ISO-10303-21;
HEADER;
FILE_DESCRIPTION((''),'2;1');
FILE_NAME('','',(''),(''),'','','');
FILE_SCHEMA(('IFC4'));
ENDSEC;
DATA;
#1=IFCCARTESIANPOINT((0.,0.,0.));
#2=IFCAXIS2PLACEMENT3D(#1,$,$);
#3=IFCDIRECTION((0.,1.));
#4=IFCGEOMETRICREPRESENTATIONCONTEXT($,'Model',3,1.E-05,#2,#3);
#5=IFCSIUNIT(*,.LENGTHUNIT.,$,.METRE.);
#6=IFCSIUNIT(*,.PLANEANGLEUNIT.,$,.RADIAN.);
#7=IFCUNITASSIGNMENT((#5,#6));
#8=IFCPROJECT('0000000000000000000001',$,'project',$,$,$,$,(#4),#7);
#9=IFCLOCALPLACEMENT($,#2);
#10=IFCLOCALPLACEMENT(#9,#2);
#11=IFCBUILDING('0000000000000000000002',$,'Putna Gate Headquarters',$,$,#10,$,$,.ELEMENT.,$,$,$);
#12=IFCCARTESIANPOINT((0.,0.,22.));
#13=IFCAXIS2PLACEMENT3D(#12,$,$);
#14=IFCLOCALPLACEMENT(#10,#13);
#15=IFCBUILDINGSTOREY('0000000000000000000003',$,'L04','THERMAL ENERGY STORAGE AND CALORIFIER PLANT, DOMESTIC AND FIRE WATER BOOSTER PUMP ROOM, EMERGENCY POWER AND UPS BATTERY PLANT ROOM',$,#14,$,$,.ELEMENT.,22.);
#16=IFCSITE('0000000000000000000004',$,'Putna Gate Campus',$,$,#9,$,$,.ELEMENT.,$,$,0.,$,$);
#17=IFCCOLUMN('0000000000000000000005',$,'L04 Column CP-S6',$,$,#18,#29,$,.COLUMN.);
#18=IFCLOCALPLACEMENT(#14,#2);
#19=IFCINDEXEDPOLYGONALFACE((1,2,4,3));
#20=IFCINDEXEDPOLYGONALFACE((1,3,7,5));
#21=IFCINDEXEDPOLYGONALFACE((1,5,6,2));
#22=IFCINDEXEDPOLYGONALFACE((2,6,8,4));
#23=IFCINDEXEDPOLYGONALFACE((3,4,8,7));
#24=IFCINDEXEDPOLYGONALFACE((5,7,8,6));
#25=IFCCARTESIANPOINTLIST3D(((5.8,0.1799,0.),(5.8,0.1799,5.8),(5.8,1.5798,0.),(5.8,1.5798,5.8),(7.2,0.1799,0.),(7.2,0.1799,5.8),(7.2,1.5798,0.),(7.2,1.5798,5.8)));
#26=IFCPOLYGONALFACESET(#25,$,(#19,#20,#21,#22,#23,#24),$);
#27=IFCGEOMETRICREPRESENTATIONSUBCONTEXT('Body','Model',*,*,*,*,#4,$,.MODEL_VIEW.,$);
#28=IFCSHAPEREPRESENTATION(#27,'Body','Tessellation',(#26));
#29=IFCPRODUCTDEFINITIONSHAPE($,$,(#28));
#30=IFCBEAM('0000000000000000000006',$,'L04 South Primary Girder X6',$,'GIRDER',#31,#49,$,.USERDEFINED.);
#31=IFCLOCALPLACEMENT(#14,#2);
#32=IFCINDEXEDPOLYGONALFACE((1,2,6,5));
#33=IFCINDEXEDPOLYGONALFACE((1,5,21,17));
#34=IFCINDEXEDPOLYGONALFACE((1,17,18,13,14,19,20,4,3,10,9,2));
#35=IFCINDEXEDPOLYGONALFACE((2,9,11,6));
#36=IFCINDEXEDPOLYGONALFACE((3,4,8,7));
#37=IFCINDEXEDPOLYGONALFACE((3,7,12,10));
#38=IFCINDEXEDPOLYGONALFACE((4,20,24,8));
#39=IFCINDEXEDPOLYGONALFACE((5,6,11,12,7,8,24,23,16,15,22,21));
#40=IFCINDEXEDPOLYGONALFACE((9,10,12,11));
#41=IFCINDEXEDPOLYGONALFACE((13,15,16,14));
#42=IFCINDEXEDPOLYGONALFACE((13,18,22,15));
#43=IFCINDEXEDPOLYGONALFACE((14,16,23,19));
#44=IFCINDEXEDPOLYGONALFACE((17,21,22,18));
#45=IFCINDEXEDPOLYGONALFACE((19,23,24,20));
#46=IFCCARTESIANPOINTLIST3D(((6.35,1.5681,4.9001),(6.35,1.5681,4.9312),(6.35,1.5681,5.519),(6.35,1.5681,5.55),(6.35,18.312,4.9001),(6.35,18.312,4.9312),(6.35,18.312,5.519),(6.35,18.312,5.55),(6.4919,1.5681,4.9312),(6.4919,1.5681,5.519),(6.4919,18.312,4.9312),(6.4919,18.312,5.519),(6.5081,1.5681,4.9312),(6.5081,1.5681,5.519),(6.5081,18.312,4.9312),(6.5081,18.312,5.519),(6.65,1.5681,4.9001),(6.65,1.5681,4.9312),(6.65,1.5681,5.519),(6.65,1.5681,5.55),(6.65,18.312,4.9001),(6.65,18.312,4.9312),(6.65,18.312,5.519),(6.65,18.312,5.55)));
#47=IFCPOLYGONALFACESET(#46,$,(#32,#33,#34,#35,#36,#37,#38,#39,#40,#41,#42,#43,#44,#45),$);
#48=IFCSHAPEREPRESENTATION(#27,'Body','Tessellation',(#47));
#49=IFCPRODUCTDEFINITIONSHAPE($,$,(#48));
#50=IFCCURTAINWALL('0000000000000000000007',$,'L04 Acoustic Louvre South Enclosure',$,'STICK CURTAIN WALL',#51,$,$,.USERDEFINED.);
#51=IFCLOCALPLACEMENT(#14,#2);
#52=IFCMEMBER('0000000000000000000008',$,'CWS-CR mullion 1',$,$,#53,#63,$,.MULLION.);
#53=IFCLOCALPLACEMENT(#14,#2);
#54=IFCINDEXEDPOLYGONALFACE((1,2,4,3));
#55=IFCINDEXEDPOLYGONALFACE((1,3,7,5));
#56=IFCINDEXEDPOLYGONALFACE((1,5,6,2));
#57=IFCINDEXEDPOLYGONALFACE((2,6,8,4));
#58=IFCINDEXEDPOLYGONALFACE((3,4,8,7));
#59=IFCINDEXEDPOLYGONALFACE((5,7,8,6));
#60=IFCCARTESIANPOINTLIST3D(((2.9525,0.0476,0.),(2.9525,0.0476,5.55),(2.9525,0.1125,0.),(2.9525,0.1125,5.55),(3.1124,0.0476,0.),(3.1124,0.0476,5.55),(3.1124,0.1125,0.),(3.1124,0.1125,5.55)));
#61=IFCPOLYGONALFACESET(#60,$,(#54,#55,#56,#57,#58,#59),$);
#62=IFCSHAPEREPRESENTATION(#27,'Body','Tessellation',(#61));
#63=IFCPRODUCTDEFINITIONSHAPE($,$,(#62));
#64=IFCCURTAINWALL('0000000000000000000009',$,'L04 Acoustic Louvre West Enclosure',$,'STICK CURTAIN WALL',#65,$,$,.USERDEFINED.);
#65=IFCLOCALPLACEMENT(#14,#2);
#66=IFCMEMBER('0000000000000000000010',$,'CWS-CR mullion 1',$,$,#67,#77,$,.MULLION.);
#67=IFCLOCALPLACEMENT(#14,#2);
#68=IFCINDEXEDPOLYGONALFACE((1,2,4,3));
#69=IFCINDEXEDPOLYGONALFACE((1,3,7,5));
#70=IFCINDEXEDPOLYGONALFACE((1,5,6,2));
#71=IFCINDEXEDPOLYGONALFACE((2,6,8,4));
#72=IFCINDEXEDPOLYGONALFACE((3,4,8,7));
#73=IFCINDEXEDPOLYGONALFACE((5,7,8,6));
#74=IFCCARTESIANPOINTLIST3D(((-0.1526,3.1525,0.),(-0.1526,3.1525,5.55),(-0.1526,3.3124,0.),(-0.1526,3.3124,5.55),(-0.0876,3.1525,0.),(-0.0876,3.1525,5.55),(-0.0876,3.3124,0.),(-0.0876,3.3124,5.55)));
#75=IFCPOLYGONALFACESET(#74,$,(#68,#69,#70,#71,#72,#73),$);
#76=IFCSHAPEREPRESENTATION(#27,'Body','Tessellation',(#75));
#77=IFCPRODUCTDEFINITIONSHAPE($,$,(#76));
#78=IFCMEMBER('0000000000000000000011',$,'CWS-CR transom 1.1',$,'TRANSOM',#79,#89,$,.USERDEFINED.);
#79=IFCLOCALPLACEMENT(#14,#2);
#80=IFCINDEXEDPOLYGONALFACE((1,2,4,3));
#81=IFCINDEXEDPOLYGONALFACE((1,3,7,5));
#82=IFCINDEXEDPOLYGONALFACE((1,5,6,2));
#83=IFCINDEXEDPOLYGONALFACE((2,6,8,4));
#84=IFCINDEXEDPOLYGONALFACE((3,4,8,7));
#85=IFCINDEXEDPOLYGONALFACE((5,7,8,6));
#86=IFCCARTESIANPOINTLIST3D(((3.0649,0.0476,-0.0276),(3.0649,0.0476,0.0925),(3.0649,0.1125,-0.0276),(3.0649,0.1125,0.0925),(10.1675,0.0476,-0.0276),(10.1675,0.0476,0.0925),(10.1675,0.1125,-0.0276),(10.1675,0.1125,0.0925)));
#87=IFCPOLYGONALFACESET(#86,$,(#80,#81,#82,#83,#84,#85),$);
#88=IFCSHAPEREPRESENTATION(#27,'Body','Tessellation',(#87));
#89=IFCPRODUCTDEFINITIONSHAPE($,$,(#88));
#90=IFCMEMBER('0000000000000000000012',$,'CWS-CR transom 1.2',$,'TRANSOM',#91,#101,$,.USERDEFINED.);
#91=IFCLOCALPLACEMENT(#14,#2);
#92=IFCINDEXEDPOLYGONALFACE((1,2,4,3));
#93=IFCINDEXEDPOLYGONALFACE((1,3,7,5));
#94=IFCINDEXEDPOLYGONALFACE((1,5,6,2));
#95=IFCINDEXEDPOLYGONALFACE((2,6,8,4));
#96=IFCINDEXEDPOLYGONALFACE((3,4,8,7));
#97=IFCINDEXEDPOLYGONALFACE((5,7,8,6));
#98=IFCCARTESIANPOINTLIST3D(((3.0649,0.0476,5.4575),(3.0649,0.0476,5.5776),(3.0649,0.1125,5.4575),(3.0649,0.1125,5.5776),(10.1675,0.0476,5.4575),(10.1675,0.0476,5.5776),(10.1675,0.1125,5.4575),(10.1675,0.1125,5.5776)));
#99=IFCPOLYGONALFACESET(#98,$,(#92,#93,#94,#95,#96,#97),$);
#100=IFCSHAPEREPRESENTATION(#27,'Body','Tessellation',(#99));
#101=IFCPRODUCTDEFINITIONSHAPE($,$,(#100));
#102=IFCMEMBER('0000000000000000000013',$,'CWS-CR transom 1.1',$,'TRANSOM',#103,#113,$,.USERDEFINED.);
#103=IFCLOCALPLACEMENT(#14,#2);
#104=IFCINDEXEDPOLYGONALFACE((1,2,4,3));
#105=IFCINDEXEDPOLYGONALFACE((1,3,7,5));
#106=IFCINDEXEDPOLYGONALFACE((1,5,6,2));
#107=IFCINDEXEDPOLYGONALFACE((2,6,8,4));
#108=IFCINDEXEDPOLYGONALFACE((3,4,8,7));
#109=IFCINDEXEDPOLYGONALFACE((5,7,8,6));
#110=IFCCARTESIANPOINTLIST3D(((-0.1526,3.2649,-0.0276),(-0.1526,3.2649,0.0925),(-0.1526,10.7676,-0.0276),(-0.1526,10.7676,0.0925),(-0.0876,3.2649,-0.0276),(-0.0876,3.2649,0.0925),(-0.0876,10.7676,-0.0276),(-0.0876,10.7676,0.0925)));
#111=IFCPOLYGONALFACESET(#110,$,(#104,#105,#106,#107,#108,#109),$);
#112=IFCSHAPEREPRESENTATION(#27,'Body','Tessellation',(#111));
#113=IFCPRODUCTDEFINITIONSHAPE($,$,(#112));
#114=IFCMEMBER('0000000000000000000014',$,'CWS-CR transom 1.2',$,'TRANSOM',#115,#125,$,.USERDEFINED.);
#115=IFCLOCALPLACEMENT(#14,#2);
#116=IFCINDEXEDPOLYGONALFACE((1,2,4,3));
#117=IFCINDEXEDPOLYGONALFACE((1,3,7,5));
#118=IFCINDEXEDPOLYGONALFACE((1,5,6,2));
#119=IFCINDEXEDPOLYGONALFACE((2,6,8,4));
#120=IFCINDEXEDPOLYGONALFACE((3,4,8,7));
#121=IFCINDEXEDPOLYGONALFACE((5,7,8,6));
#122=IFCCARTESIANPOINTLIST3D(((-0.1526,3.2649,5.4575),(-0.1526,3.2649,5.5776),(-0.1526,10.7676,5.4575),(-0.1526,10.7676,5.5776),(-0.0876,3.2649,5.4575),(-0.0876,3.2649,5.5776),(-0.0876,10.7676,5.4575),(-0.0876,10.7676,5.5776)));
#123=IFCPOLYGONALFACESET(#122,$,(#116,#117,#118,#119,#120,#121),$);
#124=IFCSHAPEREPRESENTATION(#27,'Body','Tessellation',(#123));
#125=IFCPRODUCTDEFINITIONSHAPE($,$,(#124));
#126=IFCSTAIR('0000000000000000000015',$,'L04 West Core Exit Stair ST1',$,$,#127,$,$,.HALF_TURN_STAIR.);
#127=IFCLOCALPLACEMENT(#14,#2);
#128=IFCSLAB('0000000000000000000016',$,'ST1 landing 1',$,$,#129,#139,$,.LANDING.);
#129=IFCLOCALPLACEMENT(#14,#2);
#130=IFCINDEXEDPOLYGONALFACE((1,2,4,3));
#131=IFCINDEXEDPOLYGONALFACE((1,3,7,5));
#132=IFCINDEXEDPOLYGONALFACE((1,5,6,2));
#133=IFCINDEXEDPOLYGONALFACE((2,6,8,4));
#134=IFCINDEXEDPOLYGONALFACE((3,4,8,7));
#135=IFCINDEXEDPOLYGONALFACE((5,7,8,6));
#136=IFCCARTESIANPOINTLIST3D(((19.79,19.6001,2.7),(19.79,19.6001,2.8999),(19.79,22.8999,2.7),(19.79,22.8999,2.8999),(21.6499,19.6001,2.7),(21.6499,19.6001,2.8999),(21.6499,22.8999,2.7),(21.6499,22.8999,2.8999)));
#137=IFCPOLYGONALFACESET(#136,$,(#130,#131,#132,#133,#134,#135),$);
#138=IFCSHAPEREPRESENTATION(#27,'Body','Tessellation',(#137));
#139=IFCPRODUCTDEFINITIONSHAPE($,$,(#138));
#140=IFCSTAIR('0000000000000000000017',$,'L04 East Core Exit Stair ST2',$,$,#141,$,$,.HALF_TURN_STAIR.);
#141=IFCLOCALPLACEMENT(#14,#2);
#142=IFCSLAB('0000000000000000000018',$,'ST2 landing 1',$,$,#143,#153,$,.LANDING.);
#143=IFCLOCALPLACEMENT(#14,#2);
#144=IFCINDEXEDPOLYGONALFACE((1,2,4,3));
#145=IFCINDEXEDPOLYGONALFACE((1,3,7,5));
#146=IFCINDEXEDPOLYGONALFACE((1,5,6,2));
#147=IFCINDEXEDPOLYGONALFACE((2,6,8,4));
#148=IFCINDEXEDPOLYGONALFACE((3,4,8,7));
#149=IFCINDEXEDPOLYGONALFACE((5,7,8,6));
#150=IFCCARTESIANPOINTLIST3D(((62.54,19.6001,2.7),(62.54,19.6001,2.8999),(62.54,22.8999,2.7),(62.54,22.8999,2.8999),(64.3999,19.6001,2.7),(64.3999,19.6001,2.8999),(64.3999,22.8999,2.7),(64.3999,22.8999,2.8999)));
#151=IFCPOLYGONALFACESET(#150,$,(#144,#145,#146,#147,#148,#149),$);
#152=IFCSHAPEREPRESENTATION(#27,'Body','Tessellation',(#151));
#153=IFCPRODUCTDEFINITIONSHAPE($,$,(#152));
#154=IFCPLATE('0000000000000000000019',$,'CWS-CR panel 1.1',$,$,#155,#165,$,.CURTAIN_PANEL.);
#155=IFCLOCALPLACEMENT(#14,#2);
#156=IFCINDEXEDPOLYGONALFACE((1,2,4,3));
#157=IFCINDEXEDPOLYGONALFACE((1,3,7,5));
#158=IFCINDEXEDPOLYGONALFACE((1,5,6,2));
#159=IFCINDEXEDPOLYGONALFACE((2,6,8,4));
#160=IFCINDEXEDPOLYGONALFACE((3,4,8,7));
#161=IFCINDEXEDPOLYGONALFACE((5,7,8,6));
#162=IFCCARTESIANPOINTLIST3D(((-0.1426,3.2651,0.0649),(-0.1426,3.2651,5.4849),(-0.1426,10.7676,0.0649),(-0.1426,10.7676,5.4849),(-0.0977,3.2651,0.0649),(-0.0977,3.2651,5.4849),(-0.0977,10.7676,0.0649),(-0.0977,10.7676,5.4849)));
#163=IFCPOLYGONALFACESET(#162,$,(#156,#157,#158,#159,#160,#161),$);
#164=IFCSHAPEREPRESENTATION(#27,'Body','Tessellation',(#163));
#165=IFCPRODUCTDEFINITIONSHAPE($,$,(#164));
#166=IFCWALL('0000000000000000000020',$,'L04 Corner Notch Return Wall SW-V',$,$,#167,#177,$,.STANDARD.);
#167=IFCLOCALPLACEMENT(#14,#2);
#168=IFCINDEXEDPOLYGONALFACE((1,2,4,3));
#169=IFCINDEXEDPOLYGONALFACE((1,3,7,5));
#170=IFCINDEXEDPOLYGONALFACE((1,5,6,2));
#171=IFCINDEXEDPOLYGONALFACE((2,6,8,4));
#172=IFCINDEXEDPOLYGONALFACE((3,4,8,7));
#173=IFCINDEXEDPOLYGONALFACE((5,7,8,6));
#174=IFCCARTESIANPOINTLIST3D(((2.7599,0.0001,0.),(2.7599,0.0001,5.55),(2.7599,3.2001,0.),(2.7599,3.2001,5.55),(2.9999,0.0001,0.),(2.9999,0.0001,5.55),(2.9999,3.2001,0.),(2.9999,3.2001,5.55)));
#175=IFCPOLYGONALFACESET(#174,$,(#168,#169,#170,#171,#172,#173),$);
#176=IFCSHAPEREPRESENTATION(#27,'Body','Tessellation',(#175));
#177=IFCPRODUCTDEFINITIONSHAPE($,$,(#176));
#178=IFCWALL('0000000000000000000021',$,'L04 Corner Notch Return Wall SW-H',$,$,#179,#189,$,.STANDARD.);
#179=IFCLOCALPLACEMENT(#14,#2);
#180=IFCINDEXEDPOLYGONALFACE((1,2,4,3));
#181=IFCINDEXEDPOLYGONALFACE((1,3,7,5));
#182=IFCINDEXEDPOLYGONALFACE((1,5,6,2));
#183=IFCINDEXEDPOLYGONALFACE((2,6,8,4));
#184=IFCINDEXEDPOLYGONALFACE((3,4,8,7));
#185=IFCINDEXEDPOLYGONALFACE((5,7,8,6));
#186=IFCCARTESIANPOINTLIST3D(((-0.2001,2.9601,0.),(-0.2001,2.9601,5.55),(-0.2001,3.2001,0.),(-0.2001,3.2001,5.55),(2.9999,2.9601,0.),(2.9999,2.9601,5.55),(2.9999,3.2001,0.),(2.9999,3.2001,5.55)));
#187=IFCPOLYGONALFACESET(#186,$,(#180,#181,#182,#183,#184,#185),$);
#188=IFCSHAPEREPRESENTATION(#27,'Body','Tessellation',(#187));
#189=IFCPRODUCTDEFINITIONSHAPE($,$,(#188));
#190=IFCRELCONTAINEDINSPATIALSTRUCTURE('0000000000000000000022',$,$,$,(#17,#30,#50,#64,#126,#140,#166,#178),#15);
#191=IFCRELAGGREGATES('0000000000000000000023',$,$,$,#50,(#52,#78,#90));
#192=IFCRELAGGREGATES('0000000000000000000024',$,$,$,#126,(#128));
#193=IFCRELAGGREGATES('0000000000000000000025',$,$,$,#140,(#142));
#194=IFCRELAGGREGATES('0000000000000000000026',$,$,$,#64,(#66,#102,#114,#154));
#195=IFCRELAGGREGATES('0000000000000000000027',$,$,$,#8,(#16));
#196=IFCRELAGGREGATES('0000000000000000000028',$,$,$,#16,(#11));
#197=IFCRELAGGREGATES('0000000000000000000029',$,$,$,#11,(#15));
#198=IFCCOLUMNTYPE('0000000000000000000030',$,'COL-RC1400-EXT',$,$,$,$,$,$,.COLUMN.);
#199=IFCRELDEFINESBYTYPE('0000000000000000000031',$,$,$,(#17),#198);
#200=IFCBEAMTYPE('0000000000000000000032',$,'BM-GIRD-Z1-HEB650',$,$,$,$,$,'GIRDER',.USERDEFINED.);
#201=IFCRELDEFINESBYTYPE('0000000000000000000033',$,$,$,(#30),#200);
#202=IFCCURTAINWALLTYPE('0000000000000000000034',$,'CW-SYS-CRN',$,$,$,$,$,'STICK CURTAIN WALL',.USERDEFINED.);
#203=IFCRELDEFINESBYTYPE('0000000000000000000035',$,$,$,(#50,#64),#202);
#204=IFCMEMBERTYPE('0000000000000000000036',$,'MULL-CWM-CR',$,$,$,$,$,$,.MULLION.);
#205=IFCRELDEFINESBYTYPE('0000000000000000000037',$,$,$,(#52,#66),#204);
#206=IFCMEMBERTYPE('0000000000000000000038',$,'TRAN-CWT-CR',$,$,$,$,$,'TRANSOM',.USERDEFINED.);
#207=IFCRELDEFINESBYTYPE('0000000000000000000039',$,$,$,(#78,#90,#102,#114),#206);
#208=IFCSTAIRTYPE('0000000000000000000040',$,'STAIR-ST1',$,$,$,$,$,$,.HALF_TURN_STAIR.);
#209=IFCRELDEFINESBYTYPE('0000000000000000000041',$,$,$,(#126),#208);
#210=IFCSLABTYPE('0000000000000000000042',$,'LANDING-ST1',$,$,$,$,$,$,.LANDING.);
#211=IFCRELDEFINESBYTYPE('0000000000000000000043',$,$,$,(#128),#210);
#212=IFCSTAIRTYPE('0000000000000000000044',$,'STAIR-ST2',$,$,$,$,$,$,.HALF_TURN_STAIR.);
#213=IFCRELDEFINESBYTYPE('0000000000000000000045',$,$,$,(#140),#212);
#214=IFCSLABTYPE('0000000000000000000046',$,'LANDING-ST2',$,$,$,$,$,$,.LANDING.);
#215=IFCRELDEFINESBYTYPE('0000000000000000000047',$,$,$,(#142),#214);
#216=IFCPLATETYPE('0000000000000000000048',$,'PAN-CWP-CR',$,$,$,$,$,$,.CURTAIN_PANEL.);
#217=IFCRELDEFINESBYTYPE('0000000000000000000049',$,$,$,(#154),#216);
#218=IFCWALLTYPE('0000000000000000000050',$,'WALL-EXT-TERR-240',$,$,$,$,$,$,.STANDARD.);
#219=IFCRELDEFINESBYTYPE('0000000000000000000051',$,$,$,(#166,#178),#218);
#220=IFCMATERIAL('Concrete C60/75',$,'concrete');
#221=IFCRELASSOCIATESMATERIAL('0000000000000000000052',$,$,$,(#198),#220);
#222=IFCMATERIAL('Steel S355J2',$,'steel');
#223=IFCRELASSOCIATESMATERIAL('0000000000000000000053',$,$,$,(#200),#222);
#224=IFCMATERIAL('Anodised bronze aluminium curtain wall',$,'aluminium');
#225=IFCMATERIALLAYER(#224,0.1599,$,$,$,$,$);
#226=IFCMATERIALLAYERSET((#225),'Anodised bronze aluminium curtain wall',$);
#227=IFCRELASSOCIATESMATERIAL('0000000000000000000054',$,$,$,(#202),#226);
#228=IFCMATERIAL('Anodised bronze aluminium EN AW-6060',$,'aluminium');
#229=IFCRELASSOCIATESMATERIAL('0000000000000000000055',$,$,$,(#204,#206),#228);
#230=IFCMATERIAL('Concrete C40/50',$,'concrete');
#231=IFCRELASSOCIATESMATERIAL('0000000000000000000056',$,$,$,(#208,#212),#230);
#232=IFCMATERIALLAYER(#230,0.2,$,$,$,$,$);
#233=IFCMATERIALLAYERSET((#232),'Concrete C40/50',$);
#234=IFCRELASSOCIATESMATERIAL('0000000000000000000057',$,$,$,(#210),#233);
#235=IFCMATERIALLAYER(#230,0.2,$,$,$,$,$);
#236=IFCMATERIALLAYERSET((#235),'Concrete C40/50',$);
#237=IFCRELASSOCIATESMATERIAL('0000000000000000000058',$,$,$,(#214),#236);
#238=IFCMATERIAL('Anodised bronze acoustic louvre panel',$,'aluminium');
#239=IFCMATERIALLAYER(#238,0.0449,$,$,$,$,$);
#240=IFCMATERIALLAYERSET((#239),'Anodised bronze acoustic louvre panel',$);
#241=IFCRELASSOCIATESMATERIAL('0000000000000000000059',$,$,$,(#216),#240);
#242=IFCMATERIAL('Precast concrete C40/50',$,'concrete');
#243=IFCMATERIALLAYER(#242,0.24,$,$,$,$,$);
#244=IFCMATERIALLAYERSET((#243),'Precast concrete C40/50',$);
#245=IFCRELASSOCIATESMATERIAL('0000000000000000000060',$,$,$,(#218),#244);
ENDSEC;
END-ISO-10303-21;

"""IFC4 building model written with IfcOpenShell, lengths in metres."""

from ifc_helpers import new_model, si_unit, direction, frame, frame_2d, origin, origin_2d, place, context, subcontext, project, spatial, polyline, rectangle, i_section, outline, extrude, material, layer, layer_set, material_profile, profile_set, type_object, element, aggregate, save


model = new_model("IFC4")

# Units and contexts
model_context = context("Model", 3, precision=1e-05, world=origin(), true_north=direction((0.0, 1.0)))
body_context = subcontext(model_context, "Body", "Model", "MODEL_VIEW")
ifc_project = project(units=[si_unit("LENGTHUNIT", "METRE"), si_unit("PLANEANGLEUNIT", "RADIAN")], contexts=[model_context])

# Site, building, storey
site_placement = place(None, origin())
site = spatial("IfcSite", under=ifc_project, at=site_placement, Name="Putna Gate Campus", CompositionType="ELEMENT", RefElevation=0.0)
building_placement = place(site_placement, origin())
building = spatial("IfcBuilding", under=site, at=building_placement, Name="Putna Gate Headquarters", CompositionType="ELEMENT")
storey_placement = place(building_placement, frame((0.0, 0.0, 22.0)))
storey = spatial("IfcBuildingStorey", under=building, at=storey_placement, Name="L04", Description="THERMAL ENERGY STORAGE AND CALORIFIER PLANT, DOMESTIC AND FIRE WATER BOOSTER PUMP ROOM, EMERGENCY POWER AND UPS BATTERY PLANT ROOM", CompositionType="ELEMENT", Elevation=22.0)

# Column
ifc_material_1 = material(Name="Concrete C60/75", Category="concrete")
ifc_material_profile_1 = material_profile(ifc_material_1, rectangle(XDim=1.3999, YDim=1.3999, at=origin_2d()), Name="Concrete C60/75")
ifc_profile_set_1 = profile_set([ifc_material_profile_1], Name="Concrete C60/75")
column_type = type_object("IfcColumnType", Name="COL-RC1400-EXT", PredefinedType="COLUMN", material=ifc_profile_set_1)
column_placement = place(storey_placement, frame((6.5, 0.8799, 0.0), z_axis=(0.0, 0.0, 1.0), x_axis=(1.0, 0.0, 0.0)))
element("IfcColumn", 1, at=column_placement, inside=storey, type_object=column_type, Name="L04 Column CP-S6", PredefinedType="COLUMN", context=body_context, shape_type="SweptSolid", body=[
    extrude(rectangle(XDim=1.3999, YDim=1.3999, at=origin_2d()), origin(), (0.0, 0.0, 1.0), 5.8),
])

# Beam
ifc_material_2 = material(Name="Steel S355J2", Category="steel")
ifc_material_profile_2 = material_profile(ifc_material_2, i_section(OverallWidth=0.3, OverallDepth=0.6499, WebThickness=0.0161, FlangeThickness=0.031, at=origin_2d()), Name="Steel S355J2")
ifc_profile_set_2 = profile_set([ifc_material_profile_2], Name="Steel S355J2")
beam_type = type_object("IfcBeamType", Name="BM-GIRD-Z1-HEB650", ElementType="GIRDER", PredefinedType="USERDEFINED", material=ifc_profile_set_2)
beam_placement = place(storey_placement, frame((6.5, 1.5681, 5.2251), z_axis=(0.0, 1.0, 0.0), x_axis=(-1.0, 0.0, 0.0)))
element("IfcBeam", 2, at=beam_placement, inside=storey, type_object=beam_type, Name="L04 South Primary Girder X6", ObjectType="GIRDER", PredefinedType="USERDEFINED", context=body_context, shape_type="SweptSolid", body=[
    extrude(i_section(OverallWidth=0.3, OverallDepth=0.6499, WebThickness=0.0161, FlangeThickness=0.031, at=origin_2d()), origin(), (0.0, 0.0, 1.0), 16.7439),
])

# Curtain walls, members
ifc_material_3 = material(Name="Anodised bronze aluminium curtain wall", Category="aluminium")
ifc_layer_1 = layer(ifc_material_3, 0.1599)
ifc_layer_set_1 = layer_set([ifc_layer_1], Name="Anodised bronze aluminium curtain wall")
curtain_wall_type = type_object("IfcCurtainWallType", Name="CW-SYS-CRN", ElementType="STICK CURTAIN WALL", PredefinedType="USERDEFINED", material=ifc_layer_set_1)
curtain_wall_1_placement = place(storey_placement, origin())
curtain_wall_1 = element("IfcCurtainWall", 3, at=curtain_wall_1_placement, inside=storey, type_object=curtain_wall_type, Name="L04 Acoustic Louvre South Enclosure", ObjectType="STICK CURTAIN WALL", PredefinedType="USERDEFINED")
ifc_material_4 = material(Name="Anodised bronze aluminium EN AW-6060", Category="aluminium")
ifc_material_profile_3 = material_profile(ifc_material_4, rectangle(XDim=0.0649, YDim=0.1599, at=origin_2d()), Name="Anodised bronze aluminium EN AW-6060")
ifc_profile_set_3 = profile_set([ifc_material_profile_3], Name="Anodised bronze aluminium EN AW-6060")
member_type_1 = type_object("IfcMemberType", Name="MULL-CWM-CR", PredefinedType="MULLION", material=ifc_profile_set_3)
member_1_placement = place(storey_placement, frame((3.0325, 0.0801, 0.0), z_axis=(0.0, 0.0, 1.0), x_axis=(0.0, 1.0, 0.0)))
member_1 = element("IfcMember", 4, at=member_1_placement, type_object=member_type_1, Name="CWS-CR mullion 1", PredefinedType="MULLION", context=body_context, shape_type="SweptSolid", body=[
    extrude(rectangle(XDim=0.0649, YDim=0.1599, at=origin_2d()), origin(), (0.0, 0.0, 1.0), 5.55),
])
curtain_wall_2_placement = place(storey_placement, origin())
curtain_wall_2 = element("IfcCurtainWall", 5, at=curtain_wall_2_placement, inside=storey, type_object=curtain_wall_type, Name="L04 Acoustic Louvre West Enclosure", ObjectType="STICK CURTAIN WALL", PredefinedType="USERDEFINED")
member_2_placement = place(storey_placement, frame((-0.1201, 3.2324, 0.0), z_axis=(0.0, 0.0, 1.0), x_axis=(-1.0, 0.0, 0.0)))
member_2 = element("IfcMember", 6, at=member_2_placement, type_object=member_type_1, Name="CWS-CR mullion 1", PredefinedType="MULLION", context=body_context, shape_type="SweptSolid", body=[
    extrude(rectangle(XDim=0.0649, YDim=0.1599, at=origin_2d()), origin(), (0.0, 0.0, 1.0), 5.55),
])

# Members
ifc_material_profile_4 = material_profile(ifc_material_4, rectangle(XDim=0.0649, YDim=0.1201, at=origin_2d()), Name="Anodised bronze aluminium EN AW-6060")
ifc_profile_set_4 = profile_set([ifc_material_profile_4], Name="Anodised bronze aluminium EN AW-6060")
member_type_2 = type_object("IfcMemberType", Name="TRAN-CWT-CR", ElementType="TRANSOM", PredefinedType="USERDEFINED", material=ifc_profile_set_4)
member_3_placement = place(storey_placement, frame((3.0649, 0.0801, 0.0325), z_axis=(1.0, 0.0, 0.0), x_axis=(0.0, 1.0, 0.0)))
member_3 = element("IfcMember", 7, at=member_3_placement, type_object=member_type_2, Name="CWS-CR transom 1.1", ObjectType="TRANSOM", PredefinedType="USERDEFINED", context=body_context, shape_type="SweptSolid", body=[
    extrude(rectangle(XDim=0.0649, YDim=0.1201, at=origin_2d()), origin(), (0.0, 0.0, 1.0), 7.1025),
])
member_4_placement = place(storey_placement, frame((3.0649, 0.0801, 5.5176), z_axis=(1.0, 0.0, 0.0), x_axis=(0.0, 1.0, 0.0)))
member_4 = element("IfcMember", 8, at=member_4_placement, type_object=member_type_2, Name="CWS-CR transom 1.2", ObjectType="TRANSOM", PredefinedType="USERDEFINED", context=body_context, shape_type="SweptSolid", body=[
    extrude(rectangle(XDim=0.0649, YDim=0.1201, at=origin_2d()), origin(), (0.0, 0.0, 1.0), 7.1025),
])
aggregate(curtain_wall_1, [member_1, member_3, member_4])
member_5_placement = place(storey_placement, frame((-0.1201, 3.2649, 0.0325), z_axis=(0.0, 1.0, 0.0), x_axis=(-1.0, 0.0, 0.0)))
member_5 = element("IfcMember", 9, at=member_5_placement, type_object=member_type_2, Name="CWS-CR transom 1.1", ObjectType="TRANSOM", PredefinedType="USERDEFINED", context=body_context, shape_type="SweptSolid", body=[
    extrude(rectangle(XDim=0.0649, YDim=0.1201, at=origin_2d()), origin(), (0.0, 0.0, 1.0), 7.5027),
])
member_6_placement = place(storey_placement, frame((-0.1201, 3.2649, 5.5176), z_axis=(0.0, 1.0, 0.0), x_axis=(-1.0, 0.0, 0.0)))
member_6 = element("IfcMember", 10, at=member_6_placement, type_object=member_type_2, Name="CWS-CR transom 1.2", ObjectType="TRANSOM", PredefinedType="USERDEFINED", context=body_context, shape_type="SweptSolid", body=[
    extrude(rectangle(XDim=0.0649, YDim=0.1201, at=origin_2d()), origin(), (0.0, 0.0, 1.0), 7.5027),
])

# Stairs, slabs
ifc_material_5 = material(Name="Concrete C40/50", Category="concrete")
stair_type_1 = type_object("IfcStairType", Name="STAIR-ST1", PredefinedType="HALF_TURN_STAIR", material=ifc_material_5)
stair_1_placement = place(storey_placement, origin())
stair_1 = element("IfcStair", 11, at=stair_1_placement, inside=storey, type_object=stair_type_1, Name="L04 West Core Exit Stair ST1", PredefinedType="HALF_TURN_STAIR")
ifc_layer_2 = layer(ifc_material_5, 0.2)
ifc_layer_set_2 = layer_set([ifc_layer_2], Name="Concrete C40/50")
slab_type_1 = type_object("IfcSlabType", Name="LANDING-ST1", PredefinedType="LANDING", material=ifc_layer_set_2)
slab_1_placement = place(storey_placement, frame((0.0, 0.0, 2.7)))
slab_1 = element("IfcSlab", 12, at=slab_1_placement, type_object=slab_type_1, Name="ST1 landing 1", PredefinedType="LANDING", context=body_context, shape_type="SweptSolid", body=[
    extrude(outline(polyline([(19.79, 19.6001), (21.6499, 19.6001), (21.6499, 22.8999), (19.79, 22.8999), (19.79, 19.6001)])), origin(), (0.0, 0.0, 1.0), 0.2),
])
aggregate(stair_1, [slab_1])
stair_type_2 = type_object("IfcStairType", Name="STAIR-ST2", PredefinedType="HALF_TURN_STAIR", material=ifc_material_5)
stair_2_placement = place(storey_placement, origin())
stair_2 = element("IfcStair", 13, at=stair_2_placement, inside=storey, type_object=stair_type_2, Name="L04 East Core Exit Stair ST2", PredefinedType="HALF_TURN_STAIR")
ifc_layer_3 = layer(ifc_material_5, 0.2)
ifc_layer_set_3 = layer_set([ifc_layer_3], Name="Concrete C40/50")
slab_type_2 = type_object("IfcSlabType", Name="LANDING-ST2", PredefinedType="LANDING", material=ifc_layer_set_3)
slab_2_placement = place(storey_placement, frame((0.0, 0.0, 2.7)))
slab_2 = element("IfcSlab", 14, at=slab_2_placement, type_object=slab_type_2, Name="ST2 landing 1", PredefinedType="LANDING", context=body_context, shape_type="SweptSolid", body=[
    extrude(outline(polyline([(62.54, 19.6001), (64.3999, 19.6001), (64.3999, 22.8999), (62.54, 22.8999), (62.54, 19.6001)])), origin(), (0.0, 0.0, 1.0), 0.2),
])
aggregate(stair_2, [slab_2])

# Plate
ifc_material_6 = material(Name="Anodised bronze acoustic louvre panel", Category="aluminium")
ifc_layer_4 = layer(ifc_material_6, 0.0449)
ifc_layer_set_4 = layer_set([ifc_layer_4], Name="Anodised bronze acoustic louvre panel")
plate_type = type_object("IfcPlateType", Name="PAN-CWP-CR", PredefinedType="CURTAIN_PANEL", material=ifc_layer_set_4)
plate_placement = place(storey_placement, frame((-0.1201, 7.0164, 0.0649), z_axis=(0.0, 0.0, 1.0), x_axis=(0.0, 1.0, 0.0)))
plate = element("IfcPlate", 15, at=plate_placement, type_object=plate_type, Name="CWS-CR panel 1.1", PredefinedType="CURTAIN_PANEL", context=body_context, shape_type="SweptSolid", body=[
    extrude(rectangle(XDim=7.5024, YDim=0.0449, at=origin_2d()), origin(), (0.0, 0.0, 1.0), 5.4199),
])
aggregate(curtain_wall_2, [member_2, member_5, member_6, plate])

# Walls
ifc_material_7 = material(Name="Precast concrete C40/50", Category="concrete")
ifc_layer_5 = layer(ifc_material_7, 0.24)
ifc_layer_set_5 = layer_set([ifc_layer_5], Name="Precast concrete C40/50")
wall_type_1 = type_object("IfcWallType", Name="WALL-EXT-TERR-240", PredefinedType="STANDARD", material=ifc_layer_set_5)
for number, where, z_axis, x_axis, name in (
    (16, (2.8799, 0.0, 0.0), (0.0, 0.0, 1.0), (0.0, 1.0, 0.0), "L04 Corner Notch Return Wall SW-V"),
    (17, (3.0, 3.0801, 0.0), (0.0, 0.0, 1.0), (-1.0, 0.0, 0.0), "L04 Corner Notch Return Wall SW-H"),
):
    element("IfcWall", number, at=place(storey_placement, frame(where, z_axis=z_axis, x_axis=x_axis)), inside=storey, type_object=wall_type_1, Name=name, PredefinedType="STANDARD", context=body_context, shape_type="SweptSolid", body=[
        extrude(rectangle(XDim=3.2, YDim=0.24, at=frame_2d((1.6001, 0.0))), origin(), (0.0, 0.0, 1.0), 5.55),
    ])

save(model, "model.ifc")
